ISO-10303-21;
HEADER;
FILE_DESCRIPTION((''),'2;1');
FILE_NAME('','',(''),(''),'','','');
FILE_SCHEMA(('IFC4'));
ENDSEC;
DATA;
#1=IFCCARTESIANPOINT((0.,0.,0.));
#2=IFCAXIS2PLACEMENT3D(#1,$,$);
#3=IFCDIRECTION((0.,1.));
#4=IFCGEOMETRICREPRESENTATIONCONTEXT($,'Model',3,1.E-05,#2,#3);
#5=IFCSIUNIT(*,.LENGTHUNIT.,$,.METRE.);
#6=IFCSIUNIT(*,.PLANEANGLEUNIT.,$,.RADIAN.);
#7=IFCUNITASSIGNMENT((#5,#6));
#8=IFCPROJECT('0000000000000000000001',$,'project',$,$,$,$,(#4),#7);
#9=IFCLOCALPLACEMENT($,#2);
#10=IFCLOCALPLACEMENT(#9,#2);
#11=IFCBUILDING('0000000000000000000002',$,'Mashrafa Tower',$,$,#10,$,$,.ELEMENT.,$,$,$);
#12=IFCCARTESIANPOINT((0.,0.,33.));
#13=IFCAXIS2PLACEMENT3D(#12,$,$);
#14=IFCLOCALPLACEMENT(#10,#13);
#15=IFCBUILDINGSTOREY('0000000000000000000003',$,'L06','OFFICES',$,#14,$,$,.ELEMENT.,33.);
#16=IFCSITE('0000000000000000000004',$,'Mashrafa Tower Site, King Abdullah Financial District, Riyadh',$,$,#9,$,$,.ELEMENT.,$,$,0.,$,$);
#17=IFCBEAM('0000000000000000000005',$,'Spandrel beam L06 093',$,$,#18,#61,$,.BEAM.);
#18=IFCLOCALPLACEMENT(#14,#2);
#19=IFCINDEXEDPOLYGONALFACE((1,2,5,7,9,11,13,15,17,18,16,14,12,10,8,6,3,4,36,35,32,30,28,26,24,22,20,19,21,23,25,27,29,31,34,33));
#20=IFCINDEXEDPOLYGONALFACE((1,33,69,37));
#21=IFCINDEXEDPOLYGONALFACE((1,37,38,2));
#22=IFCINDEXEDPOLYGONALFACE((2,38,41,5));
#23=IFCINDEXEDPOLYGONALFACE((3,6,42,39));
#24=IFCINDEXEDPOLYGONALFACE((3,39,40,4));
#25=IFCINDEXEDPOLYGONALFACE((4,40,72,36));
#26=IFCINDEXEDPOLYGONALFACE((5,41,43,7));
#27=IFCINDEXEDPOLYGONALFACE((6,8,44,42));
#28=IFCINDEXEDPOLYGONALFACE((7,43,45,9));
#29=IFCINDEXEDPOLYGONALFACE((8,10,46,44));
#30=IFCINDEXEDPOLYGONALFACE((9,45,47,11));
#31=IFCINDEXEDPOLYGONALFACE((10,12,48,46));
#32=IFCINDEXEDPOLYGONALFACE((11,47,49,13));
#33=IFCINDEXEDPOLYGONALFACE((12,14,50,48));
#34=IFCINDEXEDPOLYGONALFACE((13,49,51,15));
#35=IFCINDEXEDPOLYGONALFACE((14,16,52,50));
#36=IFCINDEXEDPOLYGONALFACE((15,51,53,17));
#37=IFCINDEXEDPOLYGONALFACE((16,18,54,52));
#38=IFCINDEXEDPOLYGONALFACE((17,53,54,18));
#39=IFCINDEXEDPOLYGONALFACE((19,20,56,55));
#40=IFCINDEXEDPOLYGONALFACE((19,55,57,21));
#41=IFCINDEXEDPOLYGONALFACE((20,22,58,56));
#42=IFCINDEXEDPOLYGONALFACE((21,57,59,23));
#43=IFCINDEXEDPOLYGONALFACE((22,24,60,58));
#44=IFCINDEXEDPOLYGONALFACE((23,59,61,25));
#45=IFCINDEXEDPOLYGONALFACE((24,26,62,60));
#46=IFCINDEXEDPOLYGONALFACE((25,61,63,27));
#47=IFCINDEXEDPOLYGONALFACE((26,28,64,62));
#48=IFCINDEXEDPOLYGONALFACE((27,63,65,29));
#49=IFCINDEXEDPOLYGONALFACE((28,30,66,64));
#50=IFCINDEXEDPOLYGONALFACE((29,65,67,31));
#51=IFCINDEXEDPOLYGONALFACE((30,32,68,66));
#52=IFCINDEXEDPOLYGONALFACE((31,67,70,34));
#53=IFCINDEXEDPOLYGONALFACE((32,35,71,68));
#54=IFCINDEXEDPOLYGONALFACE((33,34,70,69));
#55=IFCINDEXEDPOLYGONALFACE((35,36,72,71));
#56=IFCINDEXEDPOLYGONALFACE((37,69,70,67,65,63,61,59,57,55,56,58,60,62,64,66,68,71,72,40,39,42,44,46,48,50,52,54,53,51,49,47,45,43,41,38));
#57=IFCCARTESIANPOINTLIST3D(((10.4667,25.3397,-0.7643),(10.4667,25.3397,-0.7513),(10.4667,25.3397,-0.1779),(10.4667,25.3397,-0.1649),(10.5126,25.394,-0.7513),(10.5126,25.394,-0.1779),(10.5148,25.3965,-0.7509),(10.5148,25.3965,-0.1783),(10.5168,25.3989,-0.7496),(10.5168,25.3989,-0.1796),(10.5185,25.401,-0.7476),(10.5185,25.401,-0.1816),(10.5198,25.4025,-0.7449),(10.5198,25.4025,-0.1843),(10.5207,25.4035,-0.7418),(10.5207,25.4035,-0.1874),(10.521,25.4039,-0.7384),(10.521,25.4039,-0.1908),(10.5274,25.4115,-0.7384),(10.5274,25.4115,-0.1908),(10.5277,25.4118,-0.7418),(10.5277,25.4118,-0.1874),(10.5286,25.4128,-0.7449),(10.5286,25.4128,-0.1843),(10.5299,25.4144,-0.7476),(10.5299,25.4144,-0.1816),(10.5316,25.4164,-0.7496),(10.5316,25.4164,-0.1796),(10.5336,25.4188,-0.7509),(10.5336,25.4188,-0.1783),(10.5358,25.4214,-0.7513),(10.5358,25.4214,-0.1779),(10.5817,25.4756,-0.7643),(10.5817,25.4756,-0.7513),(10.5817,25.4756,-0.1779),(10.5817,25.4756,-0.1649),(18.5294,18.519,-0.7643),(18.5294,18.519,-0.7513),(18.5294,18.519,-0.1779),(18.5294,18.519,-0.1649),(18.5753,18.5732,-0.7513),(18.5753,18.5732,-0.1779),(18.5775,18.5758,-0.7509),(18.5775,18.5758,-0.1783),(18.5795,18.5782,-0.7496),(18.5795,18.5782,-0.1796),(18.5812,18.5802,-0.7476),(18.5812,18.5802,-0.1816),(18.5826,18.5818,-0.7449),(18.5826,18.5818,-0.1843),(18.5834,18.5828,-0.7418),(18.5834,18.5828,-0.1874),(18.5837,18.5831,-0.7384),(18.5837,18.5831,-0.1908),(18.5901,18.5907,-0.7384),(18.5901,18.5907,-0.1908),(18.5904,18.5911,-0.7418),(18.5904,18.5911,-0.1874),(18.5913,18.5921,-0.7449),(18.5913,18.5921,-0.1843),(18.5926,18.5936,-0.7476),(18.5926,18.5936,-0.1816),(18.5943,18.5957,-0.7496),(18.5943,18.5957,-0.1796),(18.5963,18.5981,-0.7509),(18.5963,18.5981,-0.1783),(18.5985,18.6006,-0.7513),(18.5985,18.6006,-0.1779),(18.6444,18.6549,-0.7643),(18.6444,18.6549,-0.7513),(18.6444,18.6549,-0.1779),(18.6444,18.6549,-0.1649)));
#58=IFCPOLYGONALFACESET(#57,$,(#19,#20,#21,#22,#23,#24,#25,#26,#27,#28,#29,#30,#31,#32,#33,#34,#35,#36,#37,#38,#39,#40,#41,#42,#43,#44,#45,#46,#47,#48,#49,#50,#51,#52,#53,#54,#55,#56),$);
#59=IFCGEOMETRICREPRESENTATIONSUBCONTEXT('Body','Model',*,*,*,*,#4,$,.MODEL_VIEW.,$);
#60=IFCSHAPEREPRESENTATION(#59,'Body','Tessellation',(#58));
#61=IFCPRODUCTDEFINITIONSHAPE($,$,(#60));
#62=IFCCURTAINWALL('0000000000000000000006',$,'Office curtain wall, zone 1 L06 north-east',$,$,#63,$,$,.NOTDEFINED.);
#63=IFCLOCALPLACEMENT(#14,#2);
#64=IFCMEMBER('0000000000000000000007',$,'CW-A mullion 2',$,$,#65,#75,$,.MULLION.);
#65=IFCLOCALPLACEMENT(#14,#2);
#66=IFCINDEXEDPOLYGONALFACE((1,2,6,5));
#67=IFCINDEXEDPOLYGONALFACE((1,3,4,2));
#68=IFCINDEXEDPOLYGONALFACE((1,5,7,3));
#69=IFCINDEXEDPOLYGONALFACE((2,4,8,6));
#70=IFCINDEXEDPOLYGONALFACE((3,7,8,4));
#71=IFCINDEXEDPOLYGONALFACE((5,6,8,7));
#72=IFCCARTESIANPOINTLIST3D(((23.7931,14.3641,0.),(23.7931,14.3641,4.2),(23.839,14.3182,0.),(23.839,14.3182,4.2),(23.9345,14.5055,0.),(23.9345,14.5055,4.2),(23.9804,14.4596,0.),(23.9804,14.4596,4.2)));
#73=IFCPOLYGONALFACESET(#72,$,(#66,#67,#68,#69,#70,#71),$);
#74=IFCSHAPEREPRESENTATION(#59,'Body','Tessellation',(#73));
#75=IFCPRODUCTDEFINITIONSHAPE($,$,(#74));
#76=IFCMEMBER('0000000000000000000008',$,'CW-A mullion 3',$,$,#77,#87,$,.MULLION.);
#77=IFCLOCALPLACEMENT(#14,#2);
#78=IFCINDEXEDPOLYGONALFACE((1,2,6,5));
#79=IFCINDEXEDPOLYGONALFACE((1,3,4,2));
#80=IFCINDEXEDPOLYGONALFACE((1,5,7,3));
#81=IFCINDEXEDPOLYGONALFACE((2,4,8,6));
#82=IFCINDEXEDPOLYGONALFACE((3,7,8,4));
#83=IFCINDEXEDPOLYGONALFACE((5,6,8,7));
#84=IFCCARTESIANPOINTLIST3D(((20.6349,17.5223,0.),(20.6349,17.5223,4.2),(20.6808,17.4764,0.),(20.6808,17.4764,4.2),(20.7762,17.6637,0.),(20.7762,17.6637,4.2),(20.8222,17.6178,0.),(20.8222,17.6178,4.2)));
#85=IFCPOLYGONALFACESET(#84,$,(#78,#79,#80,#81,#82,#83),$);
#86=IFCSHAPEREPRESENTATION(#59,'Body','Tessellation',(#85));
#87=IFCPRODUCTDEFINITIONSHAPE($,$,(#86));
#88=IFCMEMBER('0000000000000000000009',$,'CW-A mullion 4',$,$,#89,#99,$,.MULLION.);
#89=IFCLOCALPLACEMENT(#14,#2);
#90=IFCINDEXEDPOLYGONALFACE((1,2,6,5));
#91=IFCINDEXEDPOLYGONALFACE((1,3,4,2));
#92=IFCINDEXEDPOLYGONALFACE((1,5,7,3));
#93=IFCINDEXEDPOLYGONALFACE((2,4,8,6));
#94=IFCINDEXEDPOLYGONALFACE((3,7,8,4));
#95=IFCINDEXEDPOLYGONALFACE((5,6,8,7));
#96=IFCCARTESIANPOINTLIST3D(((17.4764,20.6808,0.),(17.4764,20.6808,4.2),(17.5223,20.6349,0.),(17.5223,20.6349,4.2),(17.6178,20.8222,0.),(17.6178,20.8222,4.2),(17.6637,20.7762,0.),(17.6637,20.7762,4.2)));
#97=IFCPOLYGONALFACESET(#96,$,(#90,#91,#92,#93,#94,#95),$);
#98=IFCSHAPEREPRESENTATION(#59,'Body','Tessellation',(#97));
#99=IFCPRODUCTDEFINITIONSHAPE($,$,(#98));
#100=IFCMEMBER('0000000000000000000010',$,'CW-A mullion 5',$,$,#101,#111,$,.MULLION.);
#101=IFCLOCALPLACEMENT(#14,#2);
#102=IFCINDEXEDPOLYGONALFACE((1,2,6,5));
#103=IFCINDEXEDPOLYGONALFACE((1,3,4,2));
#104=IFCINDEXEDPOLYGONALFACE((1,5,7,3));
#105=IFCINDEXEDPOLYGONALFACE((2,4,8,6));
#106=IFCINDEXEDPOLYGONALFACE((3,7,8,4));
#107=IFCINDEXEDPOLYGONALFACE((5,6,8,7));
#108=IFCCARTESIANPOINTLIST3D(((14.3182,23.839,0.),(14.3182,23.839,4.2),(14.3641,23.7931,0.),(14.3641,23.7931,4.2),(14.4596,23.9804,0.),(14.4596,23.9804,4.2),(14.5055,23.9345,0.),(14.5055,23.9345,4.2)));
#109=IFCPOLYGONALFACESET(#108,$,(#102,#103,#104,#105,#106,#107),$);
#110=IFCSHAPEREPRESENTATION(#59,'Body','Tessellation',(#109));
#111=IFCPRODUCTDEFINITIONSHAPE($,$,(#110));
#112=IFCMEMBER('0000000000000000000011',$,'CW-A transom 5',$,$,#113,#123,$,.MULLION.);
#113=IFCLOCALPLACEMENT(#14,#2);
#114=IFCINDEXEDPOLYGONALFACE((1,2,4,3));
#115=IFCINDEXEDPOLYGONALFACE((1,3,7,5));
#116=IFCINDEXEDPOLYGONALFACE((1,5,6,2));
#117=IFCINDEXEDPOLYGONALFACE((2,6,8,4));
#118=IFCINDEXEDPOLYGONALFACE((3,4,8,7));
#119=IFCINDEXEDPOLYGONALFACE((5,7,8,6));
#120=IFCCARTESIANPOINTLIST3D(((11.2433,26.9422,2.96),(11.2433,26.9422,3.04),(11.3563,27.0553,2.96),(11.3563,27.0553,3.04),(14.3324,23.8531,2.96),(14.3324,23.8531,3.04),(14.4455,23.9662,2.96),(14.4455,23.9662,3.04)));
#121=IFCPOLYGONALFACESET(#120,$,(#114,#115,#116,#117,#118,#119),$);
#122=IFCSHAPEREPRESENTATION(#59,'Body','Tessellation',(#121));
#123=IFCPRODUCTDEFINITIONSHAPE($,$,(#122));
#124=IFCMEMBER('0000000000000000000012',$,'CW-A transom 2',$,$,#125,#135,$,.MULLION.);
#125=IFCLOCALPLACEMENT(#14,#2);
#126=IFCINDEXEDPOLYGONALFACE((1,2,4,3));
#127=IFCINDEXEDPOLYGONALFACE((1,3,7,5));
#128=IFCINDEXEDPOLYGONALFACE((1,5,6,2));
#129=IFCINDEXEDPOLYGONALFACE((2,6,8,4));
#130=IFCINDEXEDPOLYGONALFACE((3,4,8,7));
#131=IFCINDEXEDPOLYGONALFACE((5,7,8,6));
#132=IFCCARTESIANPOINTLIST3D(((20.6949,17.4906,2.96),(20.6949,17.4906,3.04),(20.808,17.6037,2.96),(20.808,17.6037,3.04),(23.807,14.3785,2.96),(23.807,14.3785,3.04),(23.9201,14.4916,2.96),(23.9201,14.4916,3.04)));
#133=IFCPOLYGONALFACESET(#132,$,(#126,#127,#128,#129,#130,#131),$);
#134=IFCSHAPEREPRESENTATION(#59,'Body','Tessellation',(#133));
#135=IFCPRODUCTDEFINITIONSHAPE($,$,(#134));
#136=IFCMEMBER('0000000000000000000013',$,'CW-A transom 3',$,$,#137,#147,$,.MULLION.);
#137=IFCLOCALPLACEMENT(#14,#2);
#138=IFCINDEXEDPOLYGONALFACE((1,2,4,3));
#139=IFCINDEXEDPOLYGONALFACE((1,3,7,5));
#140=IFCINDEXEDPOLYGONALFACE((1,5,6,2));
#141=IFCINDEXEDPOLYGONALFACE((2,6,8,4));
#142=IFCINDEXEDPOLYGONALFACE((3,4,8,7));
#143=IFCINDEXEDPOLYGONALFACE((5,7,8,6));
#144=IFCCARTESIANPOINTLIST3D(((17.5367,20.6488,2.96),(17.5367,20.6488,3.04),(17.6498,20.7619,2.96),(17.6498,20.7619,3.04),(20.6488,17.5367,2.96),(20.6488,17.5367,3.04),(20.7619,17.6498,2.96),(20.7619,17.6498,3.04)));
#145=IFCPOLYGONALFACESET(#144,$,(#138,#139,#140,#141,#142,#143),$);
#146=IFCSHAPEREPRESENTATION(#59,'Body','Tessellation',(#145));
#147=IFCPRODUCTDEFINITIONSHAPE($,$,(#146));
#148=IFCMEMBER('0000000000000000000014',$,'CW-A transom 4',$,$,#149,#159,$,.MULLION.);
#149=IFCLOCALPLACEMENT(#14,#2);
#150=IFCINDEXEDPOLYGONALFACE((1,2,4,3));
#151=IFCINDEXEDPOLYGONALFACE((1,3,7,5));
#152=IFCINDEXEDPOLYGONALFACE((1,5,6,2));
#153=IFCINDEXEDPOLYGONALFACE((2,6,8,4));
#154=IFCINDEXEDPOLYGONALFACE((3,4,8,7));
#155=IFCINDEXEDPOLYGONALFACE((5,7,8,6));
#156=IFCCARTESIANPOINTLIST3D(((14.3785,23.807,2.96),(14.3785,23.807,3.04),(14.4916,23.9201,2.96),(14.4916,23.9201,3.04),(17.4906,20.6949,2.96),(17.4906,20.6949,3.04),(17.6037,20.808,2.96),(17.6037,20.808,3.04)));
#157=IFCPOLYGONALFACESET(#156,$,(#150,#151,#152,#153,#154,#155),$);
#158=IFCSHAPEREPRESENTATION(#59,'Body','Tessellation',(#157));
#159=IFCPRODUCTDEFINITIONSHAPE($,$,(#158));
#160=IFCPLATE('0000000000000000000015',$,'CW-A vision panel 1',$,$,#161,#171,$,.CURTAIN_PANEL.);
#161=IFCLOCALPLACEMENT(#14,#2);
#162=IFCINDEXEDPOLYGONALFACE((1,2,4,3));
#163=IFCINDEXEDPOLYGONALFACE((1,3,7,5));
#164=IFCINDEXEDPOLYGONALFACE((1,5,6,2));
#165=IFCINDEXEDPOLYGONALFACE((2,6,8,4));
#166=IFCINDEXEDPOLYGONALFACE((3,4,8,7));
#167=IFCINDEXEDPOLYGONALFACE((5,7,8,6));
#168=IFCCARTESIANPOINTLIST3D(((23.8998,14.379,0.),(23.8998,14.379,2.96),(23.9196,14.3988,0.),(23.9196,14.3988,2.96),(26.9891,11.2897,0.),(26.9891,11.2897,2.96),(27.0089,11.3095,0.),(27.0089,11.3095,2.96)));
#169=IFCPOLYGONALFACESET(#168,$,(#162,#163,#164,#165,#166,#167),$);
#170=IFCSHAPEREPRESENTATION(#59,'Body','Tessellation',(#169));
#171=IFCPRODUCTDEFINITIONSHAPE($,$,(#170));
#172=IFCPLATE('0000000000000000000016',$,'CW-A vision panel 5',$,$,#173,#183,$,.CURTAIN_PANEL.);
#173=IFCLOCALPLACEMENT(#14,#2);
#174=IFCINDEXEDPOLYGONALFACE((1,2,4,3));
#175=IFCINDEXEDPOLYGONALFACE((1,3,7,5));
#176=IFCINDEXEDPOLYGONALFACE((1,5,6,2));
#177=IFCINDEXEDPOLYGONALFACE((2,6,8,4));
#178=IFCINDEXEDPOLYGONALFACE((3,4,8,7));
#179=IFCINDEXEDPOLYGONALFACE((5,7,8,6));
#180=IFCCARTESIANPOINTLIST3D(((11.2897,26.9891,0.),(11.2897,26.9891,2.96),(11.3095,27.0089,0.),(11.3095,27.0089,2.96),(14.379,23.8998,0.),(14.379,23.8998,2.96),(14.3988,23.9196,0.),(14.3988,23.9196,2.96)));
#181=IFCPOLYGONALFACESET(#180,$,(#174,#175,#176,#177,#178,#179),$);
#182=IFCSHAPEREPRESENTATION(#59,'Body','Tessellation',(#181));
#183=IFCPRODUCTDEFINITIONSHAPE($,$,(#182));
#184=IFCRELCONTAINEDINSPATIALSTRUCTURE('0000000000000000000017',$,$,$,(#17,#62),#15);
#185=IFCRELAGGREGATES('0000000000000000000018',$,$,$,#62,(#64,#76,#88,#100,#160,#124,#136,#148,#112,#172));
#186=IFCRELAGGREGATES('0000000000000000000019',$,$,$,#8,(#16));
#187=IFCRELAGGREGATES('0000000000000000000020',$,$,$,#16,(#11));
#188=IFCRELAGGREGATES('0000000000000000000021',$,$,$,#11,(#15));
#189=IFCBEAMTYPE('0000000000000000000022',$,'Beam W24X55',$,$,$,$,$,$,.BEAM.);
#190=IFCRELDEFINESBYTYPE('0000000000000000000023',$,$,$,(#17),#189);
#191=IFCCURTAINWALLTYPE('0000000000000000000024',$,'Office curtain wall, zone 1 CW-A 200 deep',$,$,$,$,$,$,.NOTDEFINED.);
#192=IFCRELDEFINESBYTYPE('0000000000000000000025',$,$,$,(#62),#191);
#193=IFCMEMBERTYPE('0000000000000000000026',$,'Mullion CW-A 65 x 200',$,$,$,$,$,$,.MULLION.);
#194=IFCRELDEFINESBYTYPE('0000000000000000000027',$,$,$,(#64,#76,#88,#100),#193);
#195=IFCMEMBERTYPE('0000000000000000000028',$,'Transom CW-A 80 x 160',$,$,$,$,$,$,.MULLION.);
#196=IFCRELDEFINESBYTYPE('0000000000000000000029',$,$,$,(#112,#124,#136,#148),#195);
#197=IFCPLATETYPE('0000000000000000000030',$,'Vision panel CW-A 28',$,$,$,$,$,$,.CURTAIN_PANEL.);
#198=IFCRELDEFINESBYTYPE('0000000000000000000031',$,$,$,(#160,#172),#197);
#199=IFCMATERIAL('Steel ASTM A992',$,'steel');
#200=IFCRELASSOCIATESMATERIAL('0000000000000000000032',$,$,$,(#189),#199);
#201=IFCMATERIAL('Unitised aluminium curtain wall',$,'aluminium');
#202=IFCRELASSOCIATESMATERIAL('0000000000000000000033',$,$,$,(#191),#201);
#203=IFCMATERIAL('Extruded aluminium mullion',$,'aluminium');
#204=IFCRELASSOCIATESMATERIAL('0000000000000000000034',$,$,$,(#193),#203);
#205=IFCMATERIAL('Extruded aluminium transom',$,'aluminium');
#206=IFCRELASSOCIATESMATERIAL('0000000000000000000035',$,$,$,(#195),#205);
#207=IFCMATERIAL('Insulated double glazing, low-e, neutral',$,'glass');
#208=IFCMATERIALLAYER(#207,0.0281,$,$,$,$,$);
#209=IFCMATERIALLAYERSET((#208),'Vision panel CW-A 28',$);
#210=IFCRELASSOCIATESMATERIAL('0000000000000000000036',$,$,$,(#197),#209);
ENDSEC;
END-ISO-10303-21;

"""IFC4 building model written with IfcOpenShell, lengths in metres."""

from ifc_helpers import new_model, si_unit, direction, frame, origin, origin_2d, place, context, subcontext, project, spatial, rectangle, i_section, extrude, source, transform, mapped, material, layer, layer_set, material_profile, profile_set, type_object, type_shapes, element, aggregate, save


model = new_model("IFC4")

# Units and contexts
model_context = context("Model", 3, precision=1e-05, world=origin(), true_north=direction((0.0, 1.0)))
body_context = subcontext(model_context, "Body", "Model", "MODEL_VIEW")
ifc_project = project(units=[si_unit("LENGTHUNIT", "METRE"), si_unit("PLANEANGLEUNIT", "RADIAN")], contexts=[model_context])

# Site, building, storey
site_placement = place(None, origin())
site = spatial("IfcSite", under=ifc_project, at=site_placement, Name="Mashrafa Tower Site, King Abdullah Financial District, Riyadh", CompositionType="ELEMENT", RefElevation=0.0)
building_placement = place(site_placement, origin())
building = spatial("IfcBuilding", under=site, at=building_placement, Name="Mashrafa Tower", CompositionType="ELEMENT")
storey_placement = place(building_placement, frame((0.0, 0.0, 33.0)))
storey = spatial("IfcBuildingStorey", under=building, at=storey_placement, Name="L06", Description="OFFICES", CompositionType="ELEMENT", Elevation=33.0)

# Beam
ifc_material_1 = material(Name="Steel ASTM A992", Category="steel")
ifc_material_profile_1 = material_profile(ifc_material_1, i_section(OverallWidth=0.178, OverallDepth=0.5994, WebThickness=0.01, FlangeThickness=0.0129, FilletRadius=0.0129, at=origin_2d()), Name="W24X55")
ifc_profile_set_1 = profile_set([ifc_material_profile_1], Name="Steel ASTM A992")
beam_type_1 = type_object("IfcBeamType", Name="Beam W24X55", PredefinedType="BEAM", material=ifc_profile_set_1)
beam_1_placement = place(storey_placement, frame((18.5869, 18.5869, -0.4646), z_axis=(-0.763457, 0.645858, 0.0), x_axis=(-0.645858, -0.763457, 0.0)))
element("IfcBeam", 1, at=beam_1_placement, inside=storey, type_object=beam_type_1, Name="Spandrel beam L06 093", PredefinedType="BEAM", context=body_context, shape_type="SweptSolid", body=[
    extrude(i_section(OverallWidth=0.178, OverallDepth=0.5994, WebThickness=0.01, FlangeThickness=0.0129, FilletRadius=0.0129, at=origin_2d()), origin(), (0.0, 0.0, 1.0), 10.5608),
])

# Curtain wall, members, plates
ifc_material_2 = material(Name="Unitised aluminium curtain wall", Category="aluminium")
curtain_wall_type = type_object("IfcCurtainWallType", Name="Office curtain wall, zone 1 CW-A 200 deep", PredefinedType="NOTDEFINED", material=ifc_material_2)
curtain_wall_placement = place(storey_placement, origin())
curtain_wall = element("IfcCurtainWall", 2, at=curtain_wall_placement, inside=storey, type_object=curtain_wall_type, Name="Office curtain wall, zone 1 L06 north-east", PredefinedType="NOTDEFINED")
ifc_material_3 = material(Name="Extruded aluminium mullion", Category="aluminium")
ifc_material_profile_2 = material_profile(ifc_material_3, rectangle(XDim=0.2, YDim=0.0649, at=origin_2d()), Name="Mullion 65x200")
ifc_profile_set_2 = profile_set([ifc_material_profile_2], Name="Extruded aluminium mullion")
member_type_1 = type_object("IfcMemberType", Name="Mullion CW-A 65 x 200", PredefinedType="MULLION", material=ifc_profile_set_2)
shared_shape_1 = source(origin(), body_context, "Body", "SweptSolid", [
    extrude(rectangle(XDim=0.2, YDim=0.0649, at=origin_2d()), origin(), (0.0, 0.0, 1.0), 4.2),
])
type_shapes(member_type_1, [shared_shape_1])
member_1_placement = place(storey_placement, frame((23.8867, 14.4119, 0.0), z_axis=(0.0, 0.0, 1.0), x_axis=(-0.707107, -0.707107, 0.0)))
member_1 = element("IfcMember", 3, at=member_1_placement, type_object=member_type_1, Name="CW-A mullion 2", PredefinedType="MULLION", context=body_context, shape_type="MappedRepresentation", body=[
    mapped(shared_shape_1, transform((0.0, 0.0, 0.0))),
])
member_2_placement = place(storey_placement, frame((20.7285, 17.5701, 0.0), z_axis=(0.0, 0.0, 1.0), x_axis=(-0.707107, -0.707107, 0.0)))
member_2 = element("IfcMember", 4, at=member_2_placement, type_object=member_type_1, Name="CW-A mullion 3", PredefinedType="MULLION", context=body_context, shape_type="MappedRepresentation", body=[
    mapped(shared_shape_1, transform((0.0, 0.0, 0.0))),
])
member_3_placement = place(storey_placement, frame((17.5701, 20.7285, 0.0), z_axis=(0.0, 0.0, 1.0), x_axis=(-0.707107, -0.707107, 0.0)))
member_3 = element("IfcMember", 5, at=member_3_placement, type_object=member_type_1, Name="CW-A mullion 4", PredefinedType="MULLION", context=body_context, shape_type="MappedRepresentation", body=[
    mapped(shared_shape_1, transform((0.0, 0.0, 0.0))),
])
member_4_placement = place(storey_placement, frame((14.4119, 23.8867, 0.0), z_axis=(0.0, 0.0, 1.0), x_axis=(-0.707107, -0.707107, 0.0)))
member_4 = element("IfcMember", 6, at=member_4_placement, type_object=member_type_1, Name="CW-A mullion 5", PredefinedType="MULLION", context=body_context, shape_type="MappedRepresentation", body=[
    mapped(shared_shape_1, transform((0.0, 0.0, 0.0))),
])
ifc_material_4 = material(Name="Extruded aluminium transom", Category="aluminium")
ifc_material_profile_3 = material_profile(ifc_material_4, rectangle(XDim=0.1599, YDim=0.0801, at=origin_2d()), Name="Transom 80x160")
ifc_profile_set_3 = profile_set([ifc_material_profile_3], Name="Extruded aluminium transom")
member_type_2 = type_object("IfcMemberType", Name="Transom CW-A 80 x 160", PredefinedType="MULLION", material=ifc_profile_set_3)
shared_shape_2 = source(origin(), body_context, "Body", "SweptSolid", [
    extrude(rectangle(XDim=0.1599, YDim=0.0801, at=origin_2d()), origin(), (0.0, 0.0, 1.0), 4.3687),
])
member_5_placement = place(storey_placement, frame((14.3889, 23.9097, 3.0), z_axis=(-0.707107, 0.707107, 0.0), x_axis=(-0.707107, -0.707107, 0.0)))
member_5 = element("IfcMember", 7, at=member_5_placement, type_object=member_type_2, Name="CW-A transom 5", PredefinedType="MULLION", context=body_context, shape_type="MappedRepresentation", body=[
    mapped(shared_shape_2, transform((0.0, 0.0, 0.0))),
])
shared_shape_3 = source(origin(), body_context, "Body", "SweptSolid", [
    extrude(rectangle(XDim=0.1599, YDim=0.0801, at=origin_2d()), origin(), (0.0, 0.0, 1.0), 4.4011),
])
type_shapes(member_type_2, [shared_shape_2, shared_shape_3])
member_6_placement = place(storey_placement, frame((23.8635, 14.4351, 3.0), z_axis=(-0.707107, 0.707107, 0.0), x_axis=(-0.707107, -0.707107, 0.0)))
member_6 = element("IfcMember", 8, at=member_6_placement, type_object=member_type_2, Name="CW-A transom 2", PredefinedType="MULLION", context=body_context, shape_type="MappedRepresentation", body=[
    mapped(shared_shape_3, transform((0.0, 0.0, 0.0))),
])
member_7_placement = place(storey_placement, frame((20.7053, 17.5933, 3.0), z_axis=(-0.707107, 0.707107, 0.0), x_axis=(-0.707107, -0.707107, 0.0)))
member_7 = element("IfcMember", 9, at=member_7_placement, type_object=member_type_2, Name="CW-A transom 3", PredefinedType="MULLION", context=body_context, shape_type="MappedRepresentation", body=[
    mapped(shared_shape_3, transform((0.0, 0.0, 0.0))),
])
member_8_placement = place(storey_placement, frame((17.5471, 20.7515, 3.0), z_axis=(-0.707107, 0.707107, 0.0), x_axis=(-0.707107, -0.707107, 0.0)))
member_8 = element("IfcMember", 10, at=member_8_placement, type_object=member_type_2, Name="CW-A transom 4", PredefinedType="MULLION", context=body_context, shape_type="MappedRepresentation", body=[
    mapped(shared_shape_3, transform((0.0, 0.0, 0.0))),
])
ifc_material_5 = material(Name="Insulated double glazing, low-e, neutral", Category="glass")
ifc_layer_1 = layer(ifc_material_5, 0.0281)
ifc_layer_set_1 = layer_set([ifc_layer_1], Name="Vision panel CW-A 28")
plate_type_1 = type_object("IfcPlateType", Name="Vision panel CW-A 28", PredefinedType="CURTAIN_PANEL", material=ifc_layer_set_1)
shared_shape_4 = source(origin(), body_context, "Body", "SweptSolid", [
    extrude(rectangle(XDim=4.3689, YDim=0.0281, at=origin_2d()), origin(), (0.0, 0.0, 1.0), 2.96),
])
plate_1_placement = place(storey_placement, frame((25.4543, 12.8442, 0.0), z_axis=(0.0, 0.0, 1.0), x_axis=(-0.707107, 0.707107, 0.0)))
plate_1 = element("IfcPlate", 11, at=plate_1_placement, type_object=plate_type_1, Name="CW-A vision panel 1", PredefinedType="CURTAIN_PANEL", context=body_context, shape_type="MappedRepresentation", body=[
    mapped(shared_shape_4, transform((0.0, 0.0, 0.0))),
])
plate_2_placement = place(storey_placement, frame((12.8442, 25.4543, 0.0), z_axis=(0.0, 0.0, 1.0), x_axis=(-0.707107, 0.707107, 0.0)))
plate_2 = element("IfcPlate", 12, at=plate_2_placement, type_object=plate_type_1, Name="CW-A vision panel 5", PredefinedType="CURTAIN_PANEL", context=body_context, shape_type="MappedRepresentation", body=[
    mapped(shared_shape_4, transform((0.0, 0.0, 0.0))),
])
aggregate(curtain_wall, [member_1, member_2, member_3, member_4, plate_1, member_6, member_7, member_8, member_5, plate_2])

save(model, "model.ifc")
